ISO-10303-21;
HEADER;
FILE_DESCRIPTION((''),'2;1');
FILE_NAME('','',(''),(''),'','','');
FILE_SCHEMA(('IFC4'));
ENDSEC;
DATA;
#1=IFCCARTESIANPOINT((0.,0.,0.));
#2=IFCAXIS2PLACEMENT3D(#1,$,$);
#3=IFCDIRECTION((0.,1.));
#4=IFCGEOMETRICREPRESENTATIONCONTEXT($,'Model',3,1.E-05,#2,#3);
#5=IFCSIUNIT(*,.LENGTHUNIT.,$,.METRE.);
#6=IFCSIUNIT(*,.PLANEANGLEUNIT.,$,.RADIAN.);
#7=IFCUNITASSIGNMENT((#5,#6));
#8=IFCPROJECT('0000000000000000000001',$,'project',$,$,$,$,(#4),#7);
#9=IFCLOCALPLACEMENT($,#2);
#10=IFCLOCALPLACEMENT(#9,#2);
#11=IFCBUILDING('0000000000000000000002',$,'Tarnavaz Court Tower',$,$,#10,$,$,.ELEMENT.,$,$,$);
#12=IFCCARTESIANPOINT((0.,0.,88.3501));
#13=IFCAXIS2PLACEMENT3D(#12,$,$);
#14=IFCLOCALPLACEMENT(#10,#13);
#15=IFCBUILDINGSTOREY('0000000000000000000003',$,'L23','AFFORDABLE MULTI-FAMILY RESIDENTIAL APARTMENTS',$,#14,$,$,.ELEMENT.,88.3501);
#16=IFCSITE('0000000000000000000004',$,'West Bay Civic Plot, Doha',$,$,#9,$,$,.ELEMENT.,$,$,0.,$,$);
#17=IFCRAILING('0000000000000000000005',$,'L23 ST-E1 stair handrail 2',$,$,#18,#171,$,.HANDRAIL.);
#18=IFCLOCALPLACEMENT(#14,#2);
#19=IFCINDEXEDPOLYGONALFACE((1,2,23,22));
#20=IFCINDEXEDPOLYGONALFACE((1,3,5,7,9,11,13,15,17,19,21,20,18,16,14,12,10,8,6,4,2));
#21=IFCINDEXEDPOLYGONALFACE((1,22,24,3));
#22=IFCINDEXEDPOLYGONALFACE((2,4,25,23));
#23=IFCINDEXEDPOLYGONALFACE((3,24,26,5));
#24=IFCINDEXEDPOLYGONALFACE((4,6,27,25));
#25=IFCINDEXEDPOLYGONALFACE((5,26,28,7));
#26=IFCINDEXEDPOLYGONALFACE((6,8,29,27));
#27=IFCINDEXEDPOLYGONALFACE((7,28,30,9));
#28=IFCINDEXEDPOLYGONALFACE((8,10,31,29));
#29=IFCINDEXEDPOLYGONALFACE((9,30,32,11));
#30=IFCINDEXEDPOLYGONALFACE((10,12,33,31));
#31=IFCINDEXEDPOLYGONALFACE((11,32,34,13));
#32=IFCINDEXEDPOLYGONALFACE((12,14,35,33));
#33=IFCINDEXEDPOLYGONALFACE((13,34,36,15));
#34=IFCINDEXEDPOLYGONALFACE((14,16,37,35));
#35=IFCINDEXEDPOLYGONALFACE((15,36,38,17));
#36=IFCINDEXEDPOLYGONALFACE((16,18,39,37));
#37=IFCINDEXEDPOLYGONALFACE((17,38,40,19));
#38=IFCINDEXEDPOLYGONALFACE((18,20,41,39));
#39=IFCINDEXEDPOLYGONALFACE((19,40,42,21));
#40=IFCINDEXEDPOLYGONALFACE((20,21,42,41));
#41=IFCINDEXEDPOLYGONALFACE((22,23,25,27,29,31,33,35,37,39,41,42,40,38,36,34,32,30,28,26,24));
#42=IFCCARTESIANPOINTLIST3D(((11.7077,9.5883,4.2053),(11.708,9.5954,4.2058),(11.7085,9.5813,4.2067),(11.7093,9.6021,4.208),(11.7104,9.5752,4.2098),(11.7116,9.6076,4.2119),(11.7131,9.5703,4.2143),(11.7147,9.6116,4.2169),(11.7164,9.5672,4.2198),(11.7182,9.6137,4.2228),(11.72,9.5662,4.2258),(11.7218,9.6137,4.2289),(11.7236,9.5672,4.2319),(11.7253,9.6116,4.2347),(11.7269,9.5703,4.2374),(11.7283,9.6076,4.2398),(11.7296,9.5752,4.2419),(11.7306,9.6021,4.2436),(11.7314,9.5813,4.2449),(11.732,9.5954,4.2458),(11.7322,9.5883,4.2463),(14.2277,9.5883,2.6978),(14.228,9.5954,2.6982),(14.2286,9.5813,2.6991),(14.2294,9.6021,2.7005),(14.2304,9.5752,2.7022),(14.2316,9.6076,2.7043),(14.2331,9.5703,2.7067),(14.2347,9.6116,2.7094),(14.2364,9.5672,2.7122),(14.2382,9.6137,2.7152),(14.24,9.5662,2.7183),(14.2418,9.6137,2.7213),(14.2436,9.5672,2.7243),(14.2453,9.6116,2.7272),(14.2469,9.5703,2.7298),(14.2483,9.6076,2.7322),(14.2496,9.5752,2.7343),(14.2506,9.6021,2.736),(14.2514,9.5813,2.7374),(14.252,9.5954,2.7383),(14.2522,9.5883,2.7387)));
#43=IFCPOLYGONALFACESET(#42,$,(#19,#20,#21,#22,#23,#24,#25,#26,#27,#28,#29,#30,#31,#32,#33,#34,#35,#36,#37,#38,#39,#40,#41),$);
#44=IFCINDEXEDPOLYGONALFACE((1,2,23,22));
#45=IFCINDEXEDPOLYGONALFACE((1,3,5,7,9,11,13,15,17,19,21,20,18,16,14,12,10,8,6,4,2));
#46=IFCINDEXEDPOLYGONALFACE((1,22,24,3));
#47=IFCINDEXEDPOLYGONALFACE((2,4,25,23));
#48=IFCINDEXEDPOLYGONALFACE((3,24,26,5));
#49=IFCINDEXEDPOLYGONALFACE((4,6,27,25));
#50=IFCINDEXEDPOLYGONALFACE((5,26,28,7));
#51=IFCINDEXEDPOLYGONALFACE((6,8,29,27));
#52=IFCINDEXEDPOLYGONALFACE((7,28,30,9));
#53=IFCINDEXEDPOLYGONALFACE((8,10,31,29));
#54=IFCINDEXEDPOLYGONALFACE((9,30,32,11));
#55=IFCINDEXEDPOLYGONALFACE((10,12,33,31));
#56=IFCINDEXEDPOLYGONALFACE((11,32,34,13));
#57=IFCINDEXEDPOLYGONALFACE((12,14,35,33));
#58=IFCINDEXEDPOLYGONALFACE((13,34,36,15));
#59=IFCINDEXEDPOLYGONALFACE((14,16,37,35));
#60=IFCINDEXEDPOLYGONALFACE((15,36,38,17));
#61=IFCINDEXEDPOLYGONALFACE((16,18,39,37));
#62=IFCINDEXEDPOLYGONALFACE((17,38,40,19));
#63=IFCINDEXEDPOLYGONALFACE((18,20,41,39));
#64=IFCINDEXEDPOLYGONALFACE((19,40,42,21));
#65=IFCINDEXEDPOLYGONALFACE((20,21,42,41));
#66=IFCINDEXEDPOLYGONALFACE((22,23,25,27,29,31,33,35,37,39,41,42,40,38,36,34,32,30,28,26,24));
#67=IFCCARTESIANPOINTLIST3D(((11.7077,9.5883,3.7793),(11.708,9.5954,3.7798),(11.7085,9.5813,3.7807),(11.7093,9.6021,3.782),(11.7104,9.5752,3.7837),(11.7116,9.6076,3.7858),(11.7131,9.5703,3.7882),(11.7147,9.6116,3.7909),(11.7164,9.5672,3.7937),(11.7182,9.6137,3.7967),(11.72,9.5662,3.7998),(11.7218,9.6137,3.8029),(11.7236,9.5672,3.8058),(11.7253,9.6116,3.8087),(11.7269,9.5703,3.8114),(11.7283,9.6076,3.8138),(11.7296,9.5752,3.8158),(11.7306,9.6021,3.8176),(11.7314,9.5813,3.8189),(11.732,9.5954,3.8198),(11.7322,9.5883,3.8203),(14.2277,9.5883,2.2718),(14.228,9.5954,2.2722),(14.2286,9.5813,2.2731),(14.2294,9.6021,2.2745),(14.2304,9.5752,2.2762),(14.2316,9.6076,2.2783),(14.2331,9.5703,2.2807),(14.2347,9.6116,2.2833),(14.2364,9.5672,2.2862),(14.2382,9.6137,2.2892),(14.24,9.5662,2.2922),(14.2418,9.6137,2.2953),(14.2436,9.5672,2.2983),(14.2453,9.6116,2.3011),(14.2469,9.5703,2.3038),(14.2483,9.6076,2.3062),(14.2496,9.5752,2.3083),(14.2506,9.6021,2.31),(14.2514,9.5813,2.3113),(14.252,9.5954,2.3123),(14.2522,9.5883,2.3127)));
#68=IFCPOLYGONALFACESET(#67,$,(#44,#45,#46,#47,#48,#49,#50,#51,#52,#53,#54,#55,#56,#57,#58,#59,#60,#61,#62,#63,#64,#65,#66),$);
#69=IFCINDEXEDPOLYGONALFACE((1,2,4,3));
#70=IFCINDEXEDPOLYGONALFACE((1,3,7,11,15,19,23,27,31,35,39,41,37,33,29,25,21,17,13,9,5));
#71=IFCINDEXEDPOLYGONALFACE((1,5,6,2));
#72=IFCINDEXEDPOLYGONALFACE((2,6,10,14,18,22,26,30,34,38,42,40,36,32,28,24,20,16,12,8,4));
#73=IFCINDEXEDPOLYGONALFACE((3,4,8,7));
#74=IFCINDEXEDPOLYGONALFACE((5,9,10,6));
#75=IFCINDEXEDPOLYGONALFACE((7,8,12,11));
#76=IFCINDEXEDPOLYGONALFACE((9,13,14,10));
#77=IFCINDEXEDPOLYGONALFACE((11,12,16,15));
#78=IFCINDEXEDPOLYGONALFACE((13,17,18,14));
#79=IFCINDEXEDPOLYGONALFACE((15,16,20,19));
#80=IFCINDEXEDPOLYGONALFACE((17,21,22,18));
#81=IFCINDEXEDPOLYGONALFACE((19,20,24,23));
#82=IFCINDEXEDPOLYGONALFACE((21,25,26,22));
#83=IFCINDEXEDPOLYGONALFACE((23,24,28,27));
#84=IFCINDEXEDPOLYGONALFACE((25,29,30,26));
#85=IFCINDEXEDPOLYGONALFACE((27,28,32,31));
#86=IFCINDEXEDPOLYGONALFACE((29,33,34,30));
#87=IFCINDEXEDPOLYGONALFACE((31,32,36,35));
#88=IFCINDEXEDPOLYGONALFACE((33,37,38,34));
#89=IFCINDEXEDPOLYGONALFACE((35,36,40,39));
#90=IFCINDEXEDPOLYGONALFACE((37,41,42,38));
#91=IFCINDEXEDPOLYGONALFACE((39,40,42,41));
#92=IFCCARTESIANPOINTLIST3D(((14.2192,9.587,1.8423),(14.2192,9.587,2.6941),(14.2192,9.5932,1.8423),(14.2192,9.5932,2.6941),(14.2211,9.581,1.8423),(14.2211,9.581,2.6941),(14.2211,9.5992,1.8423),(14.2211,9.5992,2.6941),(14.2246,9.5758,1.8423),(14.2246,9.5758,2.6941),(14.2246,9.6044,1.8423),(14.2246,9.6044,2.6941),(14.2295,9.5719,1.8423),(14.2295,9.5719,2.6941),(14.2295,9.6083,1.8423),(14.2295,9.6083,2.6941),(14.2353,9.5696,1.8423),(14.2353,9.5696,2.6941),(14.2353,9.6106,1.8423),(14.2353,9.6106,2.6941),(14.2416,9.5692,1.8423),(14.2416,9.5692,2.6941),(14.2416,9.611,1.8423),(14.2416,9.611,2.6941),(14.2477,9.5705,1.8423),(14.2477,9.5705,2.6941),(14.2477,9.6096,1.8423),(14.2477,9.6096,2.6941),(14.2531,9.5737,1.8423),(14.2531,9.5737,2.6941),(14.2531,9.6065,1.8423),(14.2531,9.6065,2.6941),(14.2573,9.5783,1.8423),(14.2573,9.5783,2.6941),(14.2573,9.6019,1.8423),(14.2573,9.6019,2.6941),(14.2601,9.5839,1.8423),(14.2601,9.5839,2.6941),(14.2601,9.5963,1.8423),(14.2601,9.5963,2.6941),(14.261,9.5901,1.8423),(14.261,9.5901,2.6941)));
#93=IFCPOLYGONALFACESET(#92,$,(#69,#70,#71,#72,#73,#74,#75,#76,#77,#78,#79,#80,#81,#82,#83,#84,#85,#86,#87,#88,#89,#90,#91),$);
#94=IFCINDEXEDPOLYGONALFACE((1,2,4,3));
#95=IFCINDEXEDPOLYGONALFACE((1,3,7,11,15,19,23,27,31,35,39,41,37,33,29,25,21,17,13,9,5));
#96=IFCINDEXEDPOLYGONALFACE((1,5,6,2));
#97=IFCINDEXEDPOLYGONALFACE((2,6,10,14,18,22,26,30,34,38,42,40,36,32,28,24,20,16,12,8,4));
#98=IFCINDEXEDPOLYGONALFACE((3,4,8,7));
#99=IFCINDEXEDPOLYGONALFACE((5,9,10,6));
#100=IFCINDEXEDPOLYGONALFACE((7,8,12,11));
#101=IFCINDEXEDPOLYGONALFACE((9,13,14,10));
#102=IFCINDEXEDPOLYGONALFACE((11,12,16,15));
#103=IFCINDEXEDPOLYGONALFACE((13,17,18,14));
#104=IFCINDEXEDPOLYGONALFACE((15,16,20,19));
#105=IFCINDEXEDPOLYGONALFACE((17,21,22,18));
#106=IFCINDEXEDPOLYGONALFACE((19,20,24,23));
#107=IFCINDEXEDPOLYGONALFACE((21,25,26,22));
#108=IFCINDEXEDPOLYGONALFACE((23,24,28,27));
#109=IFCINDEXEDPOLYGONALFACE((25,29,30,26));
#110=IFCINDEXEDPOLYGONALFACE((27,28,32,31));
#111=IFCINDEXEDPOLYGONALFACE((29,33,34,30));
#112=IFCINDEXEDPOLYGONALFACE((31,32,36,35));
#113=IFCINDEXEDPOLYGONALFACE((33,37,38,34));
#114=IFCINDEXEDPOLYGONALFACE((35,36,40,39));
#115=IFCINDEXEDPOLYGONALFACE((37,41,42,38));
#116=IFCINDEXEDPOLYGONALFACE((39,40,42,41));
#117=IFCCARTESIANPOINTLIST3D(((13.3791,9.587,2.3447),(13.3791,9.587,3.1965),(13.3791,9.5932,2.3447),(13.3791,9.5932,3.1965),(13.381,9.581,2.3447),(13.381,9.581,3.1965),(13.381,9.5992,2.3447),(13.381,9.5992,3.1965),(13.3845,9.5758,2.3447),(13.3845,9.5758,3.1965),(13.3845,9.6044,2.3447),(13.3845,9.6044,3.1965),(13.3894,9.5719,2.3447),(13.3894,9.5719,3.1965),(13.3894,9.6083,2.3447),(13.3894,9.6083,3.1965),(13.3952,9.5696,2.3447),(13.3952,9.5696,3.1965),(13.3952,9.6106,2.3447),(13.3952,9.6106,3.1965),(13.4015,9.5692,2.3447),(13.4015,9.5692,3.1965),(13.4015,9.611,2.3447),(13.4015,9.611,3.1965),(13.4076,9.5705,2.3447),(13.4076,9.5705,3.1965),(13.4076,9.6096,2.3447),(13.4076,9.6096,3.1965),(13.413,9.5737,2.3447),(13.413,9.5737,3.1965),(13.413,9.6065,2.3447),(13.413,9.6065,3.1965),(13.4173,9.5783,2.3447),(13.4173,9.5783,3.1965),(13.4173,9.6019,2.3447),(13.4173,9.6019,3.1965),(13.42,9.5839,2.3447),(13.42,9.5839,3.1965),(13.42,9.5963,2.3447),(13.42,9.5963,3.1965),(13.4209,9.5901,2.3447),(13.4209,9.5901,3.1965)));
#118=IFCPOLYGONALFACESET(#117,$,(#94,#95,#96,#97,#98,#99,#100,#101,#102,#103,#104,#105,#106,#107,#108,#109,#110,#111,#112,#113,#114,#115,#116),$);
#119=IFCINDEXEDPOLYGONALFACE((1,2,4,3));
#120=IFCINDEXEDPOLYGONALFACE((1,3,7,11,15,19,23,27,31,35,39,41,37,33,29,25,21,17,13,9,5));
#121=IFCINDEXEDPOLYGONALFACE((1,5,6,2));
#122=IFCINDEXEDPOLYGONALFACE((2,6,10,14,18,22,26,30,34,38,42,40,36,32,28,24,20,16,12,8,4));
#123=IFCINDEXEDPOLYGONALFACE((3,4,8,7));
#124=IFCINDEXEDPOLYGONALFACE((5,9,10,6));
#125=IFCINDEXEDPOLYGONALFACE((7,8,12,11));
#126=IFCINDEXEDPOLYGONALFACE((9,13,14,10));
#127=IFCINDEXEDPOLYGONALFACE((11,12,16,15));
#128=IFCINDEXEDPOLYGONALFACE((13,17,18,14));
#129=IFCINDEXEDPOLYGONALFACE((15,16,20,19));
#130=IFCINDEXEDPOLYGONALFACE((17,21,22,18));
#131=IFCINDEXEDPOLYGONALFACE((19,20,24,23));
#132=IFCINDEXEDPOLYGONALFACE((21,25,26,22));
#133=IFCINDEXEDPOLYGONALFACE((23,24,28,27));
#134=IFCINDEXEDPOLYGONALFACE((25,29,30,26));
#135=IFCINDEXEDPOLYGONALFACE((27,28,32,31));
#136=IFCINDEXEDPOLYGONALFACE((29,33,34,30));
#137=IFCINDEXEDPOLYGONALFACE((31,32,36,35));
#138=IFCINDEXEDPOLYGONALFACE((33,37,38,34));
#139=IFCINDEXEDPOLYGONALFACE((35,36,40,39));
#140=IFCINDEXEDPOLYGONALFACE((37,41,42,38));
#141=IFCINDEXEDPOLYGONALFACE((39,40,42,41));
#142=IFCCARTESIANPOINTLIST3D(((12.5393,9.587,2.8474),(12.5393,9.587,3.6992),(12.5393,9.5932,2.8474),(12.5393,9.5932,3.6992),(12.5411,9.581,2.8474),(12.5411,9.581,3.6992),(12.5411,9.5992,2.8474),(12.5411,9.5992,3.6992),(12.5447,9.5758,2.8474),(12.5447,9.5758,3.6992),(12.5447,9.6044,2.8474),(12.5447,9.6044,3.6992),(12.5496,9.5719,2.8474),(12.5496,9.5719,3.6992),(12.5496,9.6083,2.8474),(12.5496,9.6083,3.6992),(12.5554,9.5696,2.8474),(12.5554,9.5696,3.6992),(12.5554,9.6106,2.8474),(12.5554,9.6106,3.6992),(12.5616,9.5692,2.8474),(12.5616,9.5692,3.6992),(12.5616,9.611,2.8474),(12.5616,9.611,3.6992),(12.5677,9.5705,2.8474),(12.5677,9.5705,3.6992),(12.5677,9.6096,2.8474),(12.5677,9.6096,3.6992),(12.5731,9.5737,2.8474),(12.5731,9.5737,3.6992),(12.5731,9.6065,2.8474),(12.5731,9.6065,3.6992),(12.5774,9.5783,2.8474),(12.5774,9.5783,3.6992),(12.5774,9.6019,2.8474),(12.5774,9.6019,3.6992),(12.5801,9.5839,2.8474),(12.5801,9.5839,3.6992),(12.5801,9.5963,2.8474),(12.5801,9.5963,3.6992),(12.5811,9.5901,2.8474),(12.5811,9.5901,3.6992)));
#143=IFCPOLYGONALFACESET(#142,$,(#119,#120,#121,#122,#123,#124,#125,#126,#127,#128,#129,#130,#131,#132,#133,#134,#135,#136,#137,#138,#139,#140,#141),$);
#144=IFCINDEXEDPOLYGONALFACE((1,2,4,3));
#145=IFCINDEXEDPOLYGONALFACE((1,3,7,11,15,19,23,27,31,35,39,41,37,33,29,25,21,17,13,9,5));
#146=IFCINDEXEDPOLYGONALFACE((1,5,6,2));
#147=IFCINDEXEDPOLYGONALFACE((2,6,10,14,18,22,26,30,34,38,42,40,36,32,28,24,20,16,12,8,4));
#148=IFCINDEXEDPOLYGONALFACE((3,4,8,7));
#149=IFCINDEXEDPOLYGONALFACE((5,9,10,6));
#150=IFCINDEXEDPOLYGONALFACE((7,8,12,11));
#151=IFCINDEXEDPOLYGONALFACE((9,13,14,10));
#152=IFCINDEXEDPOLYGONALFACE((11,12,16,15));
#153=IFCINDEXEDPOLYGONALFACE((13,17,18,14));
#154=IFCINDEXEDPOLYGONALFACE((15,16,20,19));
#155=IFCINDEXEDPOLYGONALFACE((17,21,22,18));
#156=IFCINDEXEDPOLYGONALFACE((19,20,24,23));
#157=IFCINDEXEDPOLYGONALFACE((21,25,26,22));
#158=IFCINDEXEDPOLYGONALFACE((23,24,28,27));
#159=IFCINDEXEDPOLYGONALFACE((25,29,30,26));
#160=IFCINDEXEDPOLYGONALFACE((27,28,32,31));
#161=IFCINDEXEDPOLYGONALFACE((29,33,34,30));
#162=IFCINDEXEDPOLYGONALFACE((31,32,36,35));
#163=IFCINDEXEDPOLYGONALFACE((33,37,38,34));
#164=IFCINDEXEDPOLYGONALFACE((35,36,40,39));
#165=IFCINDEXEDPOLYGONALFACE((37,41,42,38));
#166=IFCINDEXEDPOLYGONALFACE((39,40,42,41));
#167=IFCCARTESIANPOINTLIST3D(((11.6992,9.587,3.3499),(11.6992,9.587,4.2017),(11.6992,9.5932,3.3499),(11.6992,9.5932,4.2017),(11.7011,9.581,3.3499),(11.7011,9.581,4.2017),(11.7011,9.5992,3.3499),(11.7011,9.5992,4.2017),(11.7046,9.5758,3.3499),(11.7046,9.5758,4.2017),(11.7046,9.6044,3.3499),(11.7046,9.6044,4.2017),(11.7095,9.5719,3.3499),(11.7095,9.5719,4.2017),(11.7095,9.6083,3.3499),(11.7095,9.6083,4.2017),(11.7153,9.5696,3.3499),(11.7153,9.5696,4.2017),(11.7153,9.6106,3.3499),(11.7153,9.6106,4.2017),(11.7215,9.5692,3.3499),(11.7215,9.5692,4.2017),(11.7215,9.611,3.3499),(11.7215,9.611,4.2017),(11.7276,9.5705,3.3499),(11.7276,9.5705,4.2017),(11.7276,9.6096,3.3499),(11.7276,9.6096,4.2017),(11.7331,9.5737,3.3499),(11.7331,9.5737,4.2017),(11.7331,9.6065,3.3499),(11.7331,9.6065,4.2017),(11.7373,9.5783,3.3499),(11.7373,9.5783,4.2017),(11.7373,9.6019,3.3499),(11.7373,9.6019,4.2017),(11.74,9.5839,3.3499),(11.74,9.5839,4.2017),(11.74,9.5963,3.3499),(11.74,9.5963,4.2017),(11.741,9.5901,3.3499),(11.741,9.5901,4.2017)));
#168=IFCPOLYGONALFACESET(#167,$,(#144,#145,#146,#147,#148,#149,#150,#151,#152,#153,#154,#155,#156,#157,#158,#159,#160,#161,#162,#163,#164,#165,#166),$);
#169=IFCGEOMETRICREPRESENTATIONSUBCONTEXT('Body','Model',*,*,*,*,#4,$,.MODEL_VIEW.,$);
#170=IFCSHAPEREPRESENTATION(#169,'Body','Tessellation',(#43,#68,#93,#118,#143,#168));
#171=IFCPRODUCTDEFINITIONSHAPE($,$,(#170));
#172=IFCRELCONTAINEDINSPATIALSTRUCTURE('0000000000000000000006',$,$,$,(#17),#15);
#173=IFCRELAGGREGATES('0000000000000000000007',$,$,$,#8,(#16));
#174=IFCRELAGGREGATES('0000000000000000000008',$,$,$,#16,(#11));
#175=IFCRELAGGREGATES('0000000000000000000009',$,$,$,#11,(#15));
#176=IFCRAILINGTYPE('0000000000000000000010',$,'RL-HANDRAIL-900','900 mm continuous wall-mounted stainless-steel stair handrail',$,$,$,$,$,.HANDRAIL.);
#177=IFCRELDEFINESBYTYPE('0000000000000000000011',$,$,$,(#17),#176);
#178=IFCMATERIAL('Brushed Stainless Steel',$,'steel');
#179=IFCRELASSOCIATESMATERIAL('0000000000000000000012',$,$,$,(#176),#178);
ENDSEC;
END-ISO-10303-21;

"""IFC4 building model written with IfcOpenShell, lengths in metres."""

from ifc_helpers import new_model, si_unit, direction, frame, origin, origin_2d, place, context, subcontext, project, spatial, circle, extrude, material, type_object, element, save


model = new_model("IFC4")

# Units and contexts
model_context = context("Model", 3, precision=1e-05, world=origin(), true_north=direction((0.0, 1.0)))
body_context = subcontext(model_context, "Body", "Model", "MODEL_VIEW")
ifc_project = project(units=[si_unit("LENGTHUNIT", "METRE"), si_unit("PLANEANGLEUNIT", "RADIAN")], contexts=[model_context])

# Site, building, storey
site_placement = place(None, origin())
site = spatial("IfcSite", under=ifc_project, at=site_placement, Name="West Bay Civic Plot, Doha", CompositionType="ELEMENT", RefElevation=0.0)
building_placement = place(site_placement, origin())
building = spatial("IfcBuilding", under=site, at=building_placement, Name="Tarnavaz Court Tower", CompositionType="ELEMENT")
storey_placement = place(building_placement, frame((0.0, 0.0, 88.3501)))
storey = spatial("IfcBuildingStorey", under=building, at=storey_placement, Name="L23", Description="AFFORDABLE MULTI-FAMILY RESIDENTIAL APARTMENTS", CompositionType="ELEMENT", Elevation=88.3501)

# Railing
ifc_material_1 = material(Name="Brushed Stainless Steel", Category="steel")
railing_type_1 = type_object("IfcRailingType", Name="RL-HANDRAIL-900", Description="900 mm continuous wall-mounted stainless-steel stair handrail", PredefinedType="HANDRAIL", material=ifc_material_1)
railing_1_placement = place(storey_placement, frame((14.24, 9.5901, 1.8423)))
element("IfcRailing", 1, at=railing_1_placement, inside=storey, type_object=railing_type_1, Name="L23 ST-E1 stair handrail 2", PredefinedType="HANDRAIL", context=body_context, shape_type="SweptSolid", body=[
    extrude(circle(Radius=0.0239, at=origin_2d()), frame((0.0, 0.0, 0.876), z_axis=(-0.85816, 0.0, 0.513383), x_axis=(0.0, -1.0, 0.0)), (0.0, 0.0, 1.0), 2.9365),
    extrude(circle(Radius=0.0239, at=origin_2d()), frame((0.0, 0.0, 0.45), z_axis=(-0.85816, 0.0, 0.513383), x_axis=(0.0, -1.0, 0.0)), (0.0, 0.0, 1.0), 2.9365),
    extrude(circle(Radius=0.021, at=origin_2d()), origin(), (0.0, 0.0, 1.0), 0.8518),
    extrude(circle(Radius=0.021, at=origin_2d()), frame((-0.8401, 0.0, 0.5024)), (0.0, 0.0, 1.0), 0.8518),
    extrude(circle(Radius=0.021, at=origin_2d()), frame((-1.6799, 0.0, 1.0051)), (0.0, 0.0, 1.0), 0.8518),
    extrude(circle(Radius=0.021, at=origin_2d()), frame((-2.52, 0.0, 1.5076)), (0.0, 0.0, 1.0), 0.8518),
])

save(model, "model.ifc")
